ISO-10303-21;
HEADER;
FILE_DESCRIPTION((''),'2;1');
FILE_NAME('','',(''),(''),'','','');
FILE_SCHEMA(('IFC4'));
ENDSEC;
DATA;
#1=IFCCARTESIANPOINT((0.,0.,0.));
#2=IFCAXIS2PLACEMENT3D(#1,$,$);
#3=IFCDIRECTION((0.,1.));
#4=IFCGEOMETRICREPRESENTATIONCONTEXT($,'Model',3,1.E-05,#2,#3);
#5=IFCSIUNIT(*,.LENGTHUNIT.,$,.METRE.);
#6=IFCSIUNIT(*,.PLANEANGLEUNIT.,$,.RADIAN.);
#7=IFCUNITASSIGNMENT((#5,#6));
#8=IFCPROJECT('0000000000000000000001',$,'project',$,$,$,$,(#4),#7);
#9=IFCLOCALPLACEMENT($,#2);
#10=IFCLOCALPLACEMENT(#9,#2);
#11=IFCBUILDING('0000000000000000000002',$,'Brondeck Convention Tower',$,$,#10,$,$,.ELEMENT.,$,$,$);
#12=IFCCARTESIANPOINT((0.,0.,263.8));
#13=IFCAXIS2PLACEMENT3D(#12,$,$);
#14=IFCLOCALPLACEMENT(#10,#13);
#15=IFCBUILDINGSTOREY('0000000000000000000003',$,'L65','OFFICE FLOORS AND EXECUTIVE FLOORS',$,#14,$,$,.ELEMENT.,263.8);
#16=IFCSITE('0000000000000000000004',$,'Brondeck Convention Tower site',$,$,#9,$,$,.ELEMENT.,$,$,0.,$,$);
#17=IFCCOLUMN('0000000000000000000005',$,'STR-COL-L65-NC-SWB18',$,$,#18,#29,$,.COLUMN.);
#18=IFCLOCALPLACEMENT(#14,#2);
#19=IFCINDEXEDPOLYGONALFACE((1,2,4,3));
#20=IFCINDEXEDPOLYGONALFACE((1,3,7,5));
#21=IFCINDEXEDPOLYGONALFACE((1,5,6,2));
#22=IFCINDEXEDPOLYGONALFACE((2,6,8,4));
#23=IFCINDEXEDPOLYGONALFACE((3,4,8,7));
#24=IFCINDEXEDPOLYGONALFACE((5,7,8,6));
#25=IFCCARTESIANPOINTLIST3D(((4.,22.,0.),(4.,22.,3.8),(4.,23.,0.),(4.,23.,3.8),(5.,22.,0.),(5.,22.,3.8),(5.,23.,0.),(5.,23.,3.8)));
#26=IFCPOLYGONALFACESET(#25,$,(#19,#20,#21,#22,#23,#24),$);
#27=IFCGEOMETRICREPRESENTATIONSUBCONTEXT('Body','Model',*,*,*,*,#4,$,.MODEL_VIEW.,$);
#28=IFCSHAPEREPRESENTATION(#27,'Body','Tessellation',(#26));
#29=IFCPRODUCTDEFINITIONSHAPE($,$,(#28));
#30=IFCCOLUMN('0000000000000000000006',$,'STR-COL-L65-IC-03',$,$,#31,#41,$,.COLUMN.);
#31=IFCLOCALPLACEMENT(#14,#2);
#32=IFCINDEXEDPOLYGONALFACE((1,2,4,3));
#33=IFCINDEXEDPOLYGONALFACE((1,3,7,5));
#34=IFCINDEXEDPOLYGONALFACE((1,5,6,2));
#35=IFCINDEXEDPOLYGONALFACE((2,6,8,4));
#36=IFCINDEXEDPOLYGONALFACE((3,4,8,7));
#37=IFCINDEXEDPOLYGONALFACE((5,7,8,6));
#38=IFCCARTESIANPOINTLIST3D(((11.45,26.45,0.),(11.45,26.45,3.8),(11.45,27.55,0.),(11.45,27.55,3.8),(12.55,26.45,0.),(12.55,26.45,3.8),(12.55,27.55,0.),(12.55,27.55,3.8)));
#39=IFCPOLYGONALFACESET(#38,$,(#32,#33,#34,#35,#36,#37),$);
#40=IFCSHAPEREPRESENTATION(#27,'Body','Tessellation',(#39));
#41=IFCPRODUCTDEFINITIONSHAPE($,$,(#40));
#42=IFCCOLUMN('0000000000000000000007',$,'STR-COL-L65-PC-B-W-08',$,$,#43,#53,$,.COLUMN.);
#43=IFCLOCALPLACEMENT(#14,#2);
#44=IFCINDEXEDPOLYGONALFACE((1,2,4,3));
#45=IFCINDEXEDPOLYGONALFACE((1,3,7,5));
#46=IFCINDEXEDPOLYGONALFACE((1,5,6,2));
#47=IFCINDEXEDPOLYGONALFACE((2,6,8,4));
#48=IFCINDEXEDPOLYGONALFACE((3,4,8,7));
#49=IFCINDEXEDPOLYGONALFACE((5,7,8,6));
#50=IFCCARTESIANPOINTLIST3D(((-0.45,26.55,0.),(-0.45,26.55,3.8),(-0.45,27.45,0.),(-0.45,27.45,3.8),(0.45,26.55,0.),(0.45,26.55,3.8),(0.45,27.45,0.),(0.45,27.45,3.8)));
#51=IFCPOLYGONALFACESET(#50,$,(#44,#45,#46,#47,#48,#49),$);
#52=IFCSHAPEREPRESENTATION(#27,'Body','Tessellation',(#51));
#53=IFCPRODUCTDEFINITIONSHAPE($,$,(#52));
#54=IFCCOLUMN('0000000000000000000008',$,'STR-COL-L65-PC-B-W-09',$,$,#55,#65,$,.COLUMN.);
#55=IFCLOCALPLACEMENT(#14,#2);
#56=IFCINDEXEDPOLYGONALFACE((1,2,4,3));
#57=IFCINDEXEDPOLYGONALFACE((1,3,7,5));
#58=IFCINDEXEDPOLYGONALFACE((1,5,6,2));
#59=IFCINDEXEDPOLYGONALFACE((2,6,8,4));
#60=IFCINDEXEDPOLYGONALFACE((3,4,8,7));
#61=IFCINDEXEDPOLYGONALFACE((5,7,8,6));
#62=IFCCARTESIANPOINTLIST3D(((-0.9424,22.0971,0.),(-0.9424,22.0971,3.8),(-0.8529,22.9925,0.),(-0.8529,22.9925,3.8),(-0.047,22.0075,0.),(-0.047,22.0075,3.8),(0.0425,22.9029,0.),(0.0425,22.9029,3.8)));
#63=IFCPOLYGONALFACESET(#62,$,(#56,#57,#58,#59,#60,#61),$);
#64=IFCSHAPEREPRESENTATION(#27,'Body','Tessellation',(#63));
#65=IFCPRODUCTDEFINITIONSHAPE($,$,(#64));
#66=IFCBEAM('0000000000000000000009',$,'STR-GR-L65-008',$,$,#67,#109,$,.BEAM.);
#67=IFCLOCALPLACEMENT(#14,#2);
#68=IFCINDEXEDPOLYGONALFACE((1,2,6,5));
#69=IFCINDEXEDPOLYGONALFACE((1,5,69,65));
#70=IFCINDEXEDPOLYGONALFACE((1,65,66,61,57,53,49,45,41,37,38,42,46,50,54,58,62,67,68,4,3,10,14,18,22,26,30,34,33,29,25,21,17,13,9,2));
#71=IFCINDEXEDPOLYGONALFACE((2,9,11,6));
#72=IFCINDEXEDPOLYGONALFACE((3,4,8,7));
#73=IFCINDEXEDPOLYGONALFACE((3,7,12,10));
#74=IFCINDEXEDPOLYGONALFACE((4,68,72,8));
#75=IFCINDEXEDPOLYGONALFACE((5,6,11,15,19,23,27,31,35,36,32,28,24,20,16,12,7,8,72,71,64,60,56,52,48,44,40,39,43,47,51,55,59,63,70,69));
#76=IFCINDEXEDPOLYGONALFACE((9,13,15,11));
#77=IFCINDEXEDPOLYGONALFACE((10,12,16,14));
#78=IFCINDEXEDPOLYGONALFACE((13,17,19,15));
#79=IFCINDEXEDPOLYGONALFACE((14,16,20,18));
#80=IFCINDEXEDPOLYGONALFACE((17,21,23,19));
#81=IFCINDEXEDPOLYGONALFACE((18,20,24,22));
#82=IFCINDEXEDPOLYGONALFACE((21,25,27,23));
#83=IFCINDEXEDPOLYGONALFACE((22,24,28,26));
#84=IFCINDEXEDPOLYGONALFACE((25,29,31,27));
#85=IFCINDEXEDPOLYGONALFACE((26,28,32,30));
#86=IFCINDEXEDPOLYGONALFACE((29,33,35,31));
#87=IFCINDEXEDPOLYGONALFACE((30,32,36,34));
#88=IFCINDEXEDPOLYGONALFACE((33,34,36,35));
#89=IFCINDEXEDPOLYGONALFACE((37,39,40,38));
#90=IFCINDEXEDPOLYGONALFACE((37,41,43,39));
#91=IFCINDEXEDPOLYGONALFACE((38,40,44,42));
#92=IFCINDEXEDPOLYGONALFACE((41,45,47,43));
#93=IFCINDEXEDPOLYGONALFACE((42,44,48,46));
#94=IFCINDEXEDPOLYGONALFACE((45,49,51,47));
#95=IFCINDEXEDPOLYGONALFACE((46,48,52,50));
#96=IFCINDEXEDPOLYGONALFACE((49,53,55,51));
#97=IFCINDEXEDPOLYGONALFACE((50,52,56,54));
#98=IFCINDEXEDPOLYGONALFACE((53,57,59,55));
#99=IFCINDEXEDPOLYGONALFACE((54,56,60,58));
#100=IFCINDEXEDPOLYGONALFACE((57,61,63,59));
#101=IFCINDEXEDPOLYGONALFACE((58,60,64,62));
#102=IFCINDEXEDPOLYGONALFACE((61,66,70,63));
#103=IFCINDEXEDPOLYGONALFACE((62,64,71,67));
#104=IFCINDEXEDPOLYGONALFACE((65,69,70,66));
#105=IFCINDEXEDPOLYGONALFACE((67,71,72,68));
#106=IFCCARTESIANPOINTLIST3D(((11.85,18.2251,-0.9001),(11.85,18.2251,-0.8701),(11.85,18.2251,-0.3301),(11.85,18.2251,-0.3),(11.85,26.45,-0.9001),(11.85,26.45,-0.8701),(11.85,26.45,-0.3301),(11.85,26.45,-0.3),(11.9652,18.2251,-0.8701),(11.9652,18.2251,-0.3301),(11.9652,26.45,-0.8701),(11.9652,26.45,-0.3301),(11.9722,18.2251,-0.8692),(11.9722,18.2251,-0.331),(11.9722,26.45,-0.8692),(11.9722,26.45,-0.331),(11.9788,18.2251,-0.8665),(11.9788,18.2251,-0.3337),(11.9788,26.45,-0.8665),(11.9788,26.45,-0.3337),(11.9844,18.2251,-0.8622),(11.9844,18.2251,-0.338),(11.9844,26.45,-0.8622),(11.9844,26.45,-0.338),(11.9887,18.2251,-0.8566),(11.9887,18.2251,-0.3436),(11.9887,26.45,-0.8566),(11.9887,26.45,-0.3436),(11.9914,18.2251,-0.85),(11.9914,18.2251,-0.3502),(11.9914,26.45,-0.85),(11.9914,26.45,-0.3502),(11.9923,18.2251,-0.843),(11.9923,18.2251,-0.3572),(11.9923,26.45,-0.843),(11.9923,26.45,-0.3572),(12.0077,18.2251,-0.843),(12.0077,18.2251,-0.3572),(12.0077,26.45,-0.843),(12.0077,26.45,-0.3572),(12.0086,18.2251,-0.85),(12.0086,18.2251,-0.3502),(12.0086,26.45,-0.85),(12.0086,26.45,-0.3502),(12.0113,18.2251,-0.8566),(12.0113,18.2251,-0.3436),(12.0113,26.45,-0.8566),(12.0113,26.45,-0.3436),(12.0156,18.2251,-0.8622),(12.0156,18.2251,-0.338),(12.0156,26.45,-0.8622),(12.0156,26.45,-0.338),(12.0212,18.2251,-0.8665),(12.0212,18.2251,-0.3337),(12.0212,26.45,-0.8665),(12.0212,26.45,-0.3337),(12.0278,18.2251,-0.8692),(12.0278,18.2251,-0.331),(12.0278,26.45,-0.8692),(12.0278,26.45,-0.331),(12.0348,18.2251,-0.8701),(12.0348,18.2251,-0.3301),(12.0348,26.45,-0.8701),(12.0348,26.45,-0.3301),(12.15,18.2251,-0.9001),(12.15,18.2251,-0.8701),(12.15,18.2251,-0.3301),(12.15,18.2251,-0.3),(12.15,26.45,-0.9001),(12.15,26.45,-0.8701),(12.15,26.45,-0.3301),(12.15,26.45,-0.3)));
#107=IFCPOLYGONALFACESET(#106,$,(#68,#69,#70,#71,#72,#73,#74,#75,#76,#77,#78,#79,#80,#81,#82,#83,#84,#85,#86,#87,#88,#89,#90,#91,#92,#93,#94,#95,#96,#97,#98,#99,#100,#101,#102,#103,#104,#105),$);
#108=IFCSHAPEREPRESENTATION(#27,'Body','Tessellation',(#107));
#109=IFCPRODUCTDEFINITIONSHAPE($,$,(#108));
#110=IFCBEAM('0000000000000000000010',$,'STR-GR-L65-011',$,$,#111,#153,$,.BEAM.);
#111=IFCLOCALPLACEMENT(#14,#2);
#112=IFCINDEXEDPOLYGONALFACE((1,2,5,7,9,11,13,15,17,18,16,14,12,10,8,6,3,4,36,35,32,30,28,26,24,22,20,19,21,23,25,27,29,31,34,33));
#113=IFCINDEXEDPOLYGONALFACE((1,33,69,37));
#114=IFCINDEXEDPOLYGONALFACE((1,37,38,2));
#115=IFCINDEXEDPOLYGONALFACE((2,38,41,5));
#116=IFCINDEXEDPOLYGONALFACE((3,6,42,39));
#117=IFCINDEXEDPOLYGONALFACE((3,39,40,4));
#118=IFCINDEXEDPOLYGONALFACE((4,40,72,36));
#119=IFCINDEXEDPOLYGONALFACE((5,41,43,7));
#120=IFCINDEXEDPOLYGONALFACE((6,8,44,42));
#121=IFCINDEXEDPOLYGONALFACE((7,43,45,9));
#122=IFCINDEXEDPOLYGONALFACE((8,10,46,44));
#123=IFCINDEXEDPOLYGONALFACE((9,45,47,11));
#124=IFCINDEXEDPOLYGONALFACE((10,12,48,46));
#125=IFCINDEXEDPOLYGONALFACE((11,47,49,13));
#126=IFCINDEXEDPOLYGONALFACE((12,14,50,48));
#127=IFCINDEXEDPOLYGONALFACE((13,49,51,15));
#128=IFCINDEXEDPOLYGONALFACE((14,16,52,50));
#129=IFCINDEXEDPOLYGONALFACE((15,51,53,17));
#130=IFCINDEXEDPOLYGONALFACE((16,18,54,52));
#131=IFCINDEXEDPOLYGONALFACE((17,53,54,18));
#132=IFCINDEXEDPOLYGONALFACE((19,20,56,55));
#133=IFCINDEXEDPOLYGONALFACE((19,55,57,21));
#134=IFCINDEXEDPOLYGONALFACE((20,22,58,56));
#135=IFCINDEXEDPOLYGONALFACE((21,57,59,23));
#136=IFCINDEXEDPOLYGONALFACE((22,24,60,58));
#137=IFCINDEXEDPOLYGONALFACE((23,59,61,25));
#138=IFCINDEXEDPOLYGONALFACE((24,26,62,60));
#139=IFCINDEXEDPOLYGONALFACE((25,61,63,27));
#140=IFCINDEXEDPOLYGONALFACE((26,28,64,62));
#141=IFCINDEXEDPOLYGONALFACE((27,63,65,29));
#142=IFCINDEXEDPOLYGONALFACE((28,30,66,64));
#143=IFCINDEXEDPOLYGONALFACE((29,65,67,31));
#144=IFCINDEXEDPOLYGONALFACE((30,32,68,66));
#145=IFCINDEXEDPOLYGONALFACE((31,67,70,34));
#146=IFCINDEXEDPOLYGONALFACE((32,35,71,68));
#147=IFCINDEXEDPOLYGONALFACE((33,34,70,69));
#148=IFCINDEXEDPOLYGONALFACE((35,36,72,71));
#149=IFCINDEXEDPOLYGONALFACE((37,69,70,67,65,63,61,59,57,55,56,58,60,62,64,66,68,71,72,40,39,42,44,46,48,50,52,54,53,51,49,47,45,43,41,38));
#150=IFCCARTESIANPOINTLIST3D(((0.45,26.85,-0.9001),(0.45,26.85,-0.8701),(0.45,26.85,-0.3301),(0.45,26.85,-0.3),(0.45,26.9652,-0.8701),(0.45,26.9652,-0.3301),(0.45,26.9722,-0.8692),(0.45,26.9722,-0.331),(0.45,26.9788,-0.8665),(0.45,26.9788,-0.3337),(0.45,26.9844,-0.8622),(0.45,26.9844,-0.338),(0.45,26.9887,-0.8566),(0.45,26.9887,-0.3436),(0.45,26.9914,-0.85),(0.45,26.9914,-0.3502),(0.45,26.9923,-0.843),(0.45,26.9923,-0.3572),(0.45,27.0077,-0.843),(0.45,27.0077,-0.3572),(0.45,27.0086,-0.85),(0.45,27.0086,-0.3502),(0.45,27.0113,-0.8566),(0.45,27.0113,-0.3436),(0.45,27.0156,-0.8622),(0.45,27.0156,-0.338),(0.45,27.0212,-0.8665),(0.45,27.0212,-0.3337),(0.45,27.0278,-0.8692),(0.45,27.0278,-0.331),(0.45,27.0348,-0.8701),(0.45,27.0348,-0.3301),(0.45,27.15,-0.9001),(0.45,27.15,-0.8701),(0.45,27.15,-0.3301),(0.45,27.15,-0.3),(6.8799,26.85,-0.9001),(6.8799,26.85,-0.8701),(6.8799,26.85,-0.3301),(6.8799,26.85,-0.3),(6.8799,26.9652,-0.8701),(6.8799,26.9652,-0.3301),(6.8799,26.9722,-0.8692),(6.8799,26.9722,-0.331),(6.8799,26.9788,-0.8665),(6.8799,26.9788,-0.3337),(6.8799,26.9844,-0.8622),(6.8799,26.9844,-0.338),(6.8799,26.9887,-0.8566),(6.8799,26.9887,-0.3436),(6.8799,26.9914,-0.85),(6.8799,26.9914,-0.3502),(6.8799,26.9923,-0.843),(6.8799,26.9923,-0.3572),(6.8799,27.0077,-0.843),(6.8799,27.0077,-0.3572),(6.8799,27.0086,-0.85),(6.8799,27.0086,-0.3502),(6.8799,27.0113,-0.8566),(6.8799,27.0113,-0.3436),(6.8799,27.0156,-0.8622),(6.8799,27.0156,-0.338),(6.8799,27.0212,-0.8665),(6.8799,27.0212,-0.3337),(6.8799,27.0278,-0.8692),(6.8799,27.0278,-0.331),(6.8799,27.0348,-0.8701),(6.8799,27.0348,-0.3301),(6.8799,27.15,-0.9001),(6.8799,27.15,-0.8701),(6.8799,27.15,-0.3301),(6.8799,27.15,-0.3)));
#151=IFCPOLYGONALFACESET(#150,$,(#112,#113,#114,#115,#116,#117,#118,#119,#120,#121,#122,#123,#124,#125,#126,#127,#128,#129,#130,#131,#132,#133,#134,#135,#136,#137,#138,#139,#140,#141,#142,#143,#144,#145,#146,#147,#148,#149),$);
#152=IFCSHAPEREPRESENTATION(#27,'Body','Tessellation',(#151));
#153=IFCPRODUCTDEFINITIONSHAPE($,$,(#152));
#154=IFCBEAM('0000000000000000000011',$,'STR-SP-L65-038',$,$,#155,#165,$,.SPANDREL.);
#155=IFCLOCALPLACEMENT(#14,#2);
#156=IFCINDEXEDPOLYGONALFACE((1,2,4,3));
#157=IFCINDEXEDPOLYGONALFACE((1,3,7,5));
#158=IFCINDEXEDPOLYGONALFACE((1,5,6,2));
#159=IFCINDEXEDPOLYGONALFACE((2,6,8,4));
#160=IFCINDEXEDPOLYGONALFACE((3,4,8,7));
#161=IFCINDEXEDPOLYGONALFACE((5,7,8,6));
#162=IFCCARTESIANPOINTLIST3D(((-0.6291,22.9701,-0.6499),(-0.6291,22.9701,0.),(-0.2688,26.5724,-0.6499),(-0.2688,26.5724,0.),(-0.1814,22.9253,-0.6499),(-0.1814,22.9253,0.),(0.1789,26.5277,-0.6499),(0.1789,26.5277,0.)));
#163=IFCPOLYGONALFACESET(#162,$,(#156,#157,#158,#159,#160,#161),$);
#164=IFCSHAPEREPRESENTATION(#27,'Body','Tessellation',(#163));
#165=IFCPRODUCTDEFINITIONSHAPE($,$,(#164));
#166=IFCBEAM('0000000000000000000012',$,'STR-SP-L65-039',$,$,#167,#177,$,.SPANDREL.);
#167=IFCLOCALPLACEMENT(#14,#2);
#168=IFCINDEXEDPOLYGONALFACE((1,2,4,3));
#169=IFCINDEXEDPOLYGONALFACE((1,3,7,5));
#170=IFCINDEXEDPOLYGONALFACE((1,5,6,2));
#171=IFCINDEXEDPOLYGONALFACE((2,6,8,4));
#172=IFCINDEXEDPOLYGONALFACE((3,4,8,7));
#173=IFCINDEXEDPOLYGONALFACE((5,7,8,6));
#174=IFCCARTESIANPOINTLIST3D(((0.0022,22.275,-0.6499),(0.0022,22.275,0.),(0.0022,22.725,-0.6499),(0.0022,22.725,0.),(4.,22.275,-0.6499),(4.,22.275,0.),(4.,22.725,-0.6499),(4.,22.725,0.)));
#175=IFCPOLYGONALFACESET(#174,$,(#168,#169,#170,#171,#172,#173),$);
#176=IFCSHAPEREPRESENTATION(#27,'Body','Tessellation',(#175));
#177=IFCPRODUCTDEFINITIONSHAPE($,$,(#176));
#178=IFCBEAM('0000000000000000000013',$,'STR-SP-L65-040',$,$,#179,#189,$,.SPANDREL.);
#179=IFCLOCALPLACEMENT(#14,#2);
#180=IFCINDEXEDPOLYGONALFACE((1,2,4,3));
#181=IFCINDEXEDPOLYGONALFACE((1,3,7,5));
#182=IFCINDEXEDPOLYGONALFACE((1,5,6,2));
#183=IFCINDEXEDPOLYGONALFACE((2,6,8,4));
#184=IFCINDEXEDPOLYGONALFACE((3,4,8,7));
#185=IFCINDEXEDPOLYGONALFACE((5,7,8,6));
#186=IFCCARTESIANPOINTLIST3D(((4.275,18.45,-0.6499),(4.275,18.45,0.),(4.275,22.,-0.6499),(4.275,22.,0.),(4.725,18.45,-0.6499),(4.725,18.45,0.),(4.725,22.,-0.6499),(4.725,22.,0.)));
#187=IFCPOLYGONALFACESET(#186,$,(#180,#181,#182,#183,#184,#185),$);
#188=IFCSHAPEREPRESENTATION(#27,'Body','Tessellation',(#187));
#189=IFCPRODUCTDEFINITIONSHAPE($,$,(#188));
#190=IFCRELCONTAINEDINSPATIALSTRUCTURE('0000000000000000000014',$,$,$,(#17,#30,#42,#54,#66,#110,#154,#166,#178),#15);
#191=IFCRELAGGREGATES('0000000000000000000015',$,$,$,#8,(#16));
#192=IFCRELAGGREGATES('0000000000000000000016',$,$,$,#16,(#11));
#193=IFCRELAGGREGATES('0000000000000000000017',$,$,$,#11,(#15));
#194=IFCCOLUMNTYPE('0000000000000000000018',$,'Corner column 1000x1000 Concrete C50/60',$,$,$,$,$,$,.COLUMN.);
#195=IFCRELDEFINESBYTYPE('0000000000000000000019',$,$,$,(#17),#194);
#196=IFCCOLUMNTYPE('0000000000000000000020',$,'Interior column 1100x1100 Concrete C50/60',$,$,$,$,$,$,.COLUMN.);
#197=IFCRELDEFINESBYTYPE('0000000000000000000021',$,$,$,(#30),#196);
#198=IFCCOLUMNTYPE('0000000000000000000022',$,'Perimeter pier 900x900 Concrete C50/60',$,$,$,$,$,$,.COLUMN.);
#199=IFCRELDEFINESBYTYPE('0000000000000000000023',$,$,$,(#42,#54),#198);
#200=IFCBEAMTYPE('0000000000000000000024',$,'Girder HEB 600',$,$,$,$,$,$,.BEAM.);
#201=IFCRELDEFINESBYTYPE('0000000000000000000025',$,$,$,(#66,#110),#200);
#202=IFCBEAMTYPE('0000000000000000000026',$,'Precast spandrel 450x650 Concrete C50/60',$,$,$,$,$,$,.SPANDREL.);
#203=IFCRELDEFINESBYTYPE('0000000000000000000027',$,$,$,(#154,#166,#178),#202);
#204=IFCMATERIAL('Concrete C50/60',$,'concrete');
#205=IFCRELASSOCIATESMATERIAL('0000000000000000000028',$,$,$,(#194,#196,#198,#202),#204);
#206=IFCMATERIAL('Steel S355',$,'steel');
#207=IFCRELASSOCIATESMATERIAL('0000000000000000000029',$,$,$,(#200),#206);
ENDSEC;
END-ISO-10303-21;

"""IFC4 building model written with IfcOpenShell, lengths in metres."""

from ifc_helpers import new_model, si_unit, direction, frame, origin, origin_2d, place, context, subcontext, project, spatial, rectangle, i_section, extrude, material, material_profile, profile_set, type_object, element, save


model = new_model("IFC4")

# Units and contexts
model_context = context("Model", 3, precision=1e-05, world=origin(), true_north=direction((0.0, 1.0)))
body_context = subcontext(model_context, "Body", "Model", "MODEL_VIEW")
ifc_project = project(units=[si_unit("LENGTHUNIT", "METRE"), si_unit("PLANEANGLEUNIT", "RADIAN")], contexts=[model_context])

# Site, building, storey
site_placement = place(None, origin())
site = spatial("IfcSite", under=ifc_project, at=site_placement, Name="Brondeck Convention Tower site", CompositionType="ELEMENT", RefElevation=0.0)
building_placement = place(site_placement, origin())
building = spatial("IfcBuilding", under=site, at=building_placement, Name="Brondeck Convention Tower", CompositionType="ELEMENT")
storey_placement = place(building_placement, frame((0.0, 0.0, 263.8)))
storey = spatial("IfcBuildingStorey", under=building, at=storey_placement, Name="L65", Description="OFFICE FLOORS AND EXECUTIVE FLOORS", CompositionType="ELEMENT", Elevation=263.8)

# Columns
ifc_material_1 = material(Name="Concrete C50/60", Category="concrete")
ifc_material_profile_1 = material_profile(ifc_material_1, rectangle(XDim=1.0, YDim=1.0, at=origin_2d()), Name="Corner column 1000x1000 Concrete C50/60")
ifc_profile_set_1 = profile_set([ifc_material_profile_1], Name="Concrete C50/60")
column_type_1 = type_object("IfcColumnType", Name="Corner column 1000x1000 Concrete C50/60", PredefinedType="COLUMN", material=ifc_profile_set_1)
column_1_placement = place(storey_placement, frame((4.5, 22.5, 0.0), z_axis=(0.0, 0.0, 1.0), x_axis=(1.0, 0.0, 0.0)))
element("IfcColumn", 1, at=column_1_placement, inside=storey, type_object=column_type_1, Name="STR-COL-L65-NC-SWB18", PredefinedType="COLUMN", context=body_context, shape_type="SweptSolid", body=[
    extrude(rectangle(XDim=1.0, YDim=1.0, at=origin_2d()), origin(), (0.0, 0.0, 1.0), 3.8),
])
ifc_material_profile_2 = material_profile(ifc_material_1, rectangle(XDim=1.1001, YDim=1.1001, at=origin_2d()), Name="Interior column 1100x1100 Concrete C50/60")
ifc_profile_set_2 = profile_set([ifc_material_profile_2], Name="Concrete C50/60")
column_type_2 = type_object("IfcColumnType", Name="Interior column 1100x1100 Concrete C50/60", PredefinedType="COLUMN", material=ifc_profile_set_2)
column_2_placement = place(storey_placement, frame((12.0, 27.0, 0.0), z_axis=(0.0, 0.0, 1.0), x_axis=(1.0, 0.0, 0.0)))
element("IfcColumn", 2, at=column_2_placement, inside=storey, type_object=column_type_2, Name="STR-COL-L65-IC-03", PredefinedType="COLUMN", context=body_context, shape_type="SweptSolid", body=[
    extrude(rectangle(XDim=1.1001, YDim=1.1001, at=origin_2d()), origin(), (0.0, 0.0, 1.0), 3.8),
])
ifc_material_profile_3 = material_profile(ifc_material_1, rectangle(XDim=0.8999, YDim=0.8999, at=origin_2d()), Name="Perimeter pier 900x900 Concrete C50/60")
ifc_profile_set_3 = profile_set([ifc_material_profile_3], Name="Concrete C50/60")
column_type_3 = type_object("IfcColumnType", Name="Perimeter pier 900x900 Concrete C50/60", PredefinedType="COLUMN", material=ifc_profile_set_3)
for number, where, z_axis, x_axis, name in (
    (3, (0.0, 27.0, 0.0), (0.0, 0.0, 1.0), (0.0, -1.0, 0.0), "STR-COL-L65-PC-B-W-08"),
    (4, (-0.45, 22.5, 0.0), (0.0, 0.0, 1.0), (-0.099504, -0.995037, 0.0), "STR-COL-L65-PC-B-W-09"),
):
    element("IfcColumn", number, at=place(storey_placement, frame(where, z_axis=z_axis, x_axis=x_axis)), inside=storey, type_object=column_type_3, Name=name, PredefinedType="COLUMN", context=body_context, shape_type="SweptSolid", body=[
        extrude(rectangle(XDim=0.8999, YDim=0.8999, at=origin_2d()), origin(), (0.0, 0.0, 1.0), 3.8),
    ])

# Beams
ifc_material_2 = material(Name="Steel S355", Category="steel")
ifc_material_profile_4 = material_profile(ifc_material_2, i_section(OverallWidth=0.3, OverallDepth=0.6001, WebThickness=0.0154, FlangeThickness=0.03, FilletRadius=0.0271, at=origin_2d()), Name="HEB 600")
ifc_profile_set_4 = profile_set([ifc_material_profile_4], Name="Steel S355")
beam_type_1 = type_object("IfcBeamType", Name="Girder HEB 600", PredefinedType="BEAM", material=ifc_profile_set_4)
beam_1_placement = place(storey_placement, frame((12.0, 26.45, -0.6001), z_axis=(0.0, -1.0, 0.0), x_axis=(1.0, 0.0, 0.0)))
element("IfcBeam", 5, at=beam_1_placement, inside=storey, type_object=beam_type_1, Name="STR-GR-L65-008", PredefinedType="BEAM", context=body_context, shape_type="SweptSolid", body=[
    extrude(i_section(OverallWidth=0.3, OverallDepth=0.6001, WebThickness=0.0154, FlangeThickness=0.03, FilletRadius=0.0271, at=origin_2d()), origin(), (0.0, 0.0, 1.0), 8.2249),
])
beam_2_placement = place(storey_placement, frame((0.45, 27.0, -0.6001), z_axis=(1.0, 0.0, 0.0), x_axis=(0.0, 1.0, 0.0)))
element("IfcBeam", 6, at=beam_2_placement, inside=storey, type_object=beam_type_1, Name="STR-GR-L65-011", PredefinedType="BEAM", context=body_context, shape_type="SweptSolid", body=[
    extrude(i_section(OverallWidth=0.3, OverallDepth=0.6001, WebThickness=0.0154, FlangeThickness=0.03, FilletRadius=0.0271, at=origin_2d()), origin(), (0.0, 0.0, 1.0), 6.4299),
])
ifc_material_profile_5 = material_profile(ifc_material_1, rectangle(XDim=0.45, YDim=0.6499, at=origin_2d()), Name="Precast spandrel 450x650 Concrete C50/60")
ifc_profile_set_5 = profile_set([ifc_material_profile_5], Name="Concrete C50/60")
beam_type_2 = type_object("IfcBeamType", Name="Precast spandrel 450x650 Concrete C50/60", PredefinedType="SPANDREL", material=ifc_profile_set_5)
beam_3_placement = place(storey_placement, frame((-0.0449, 26.55, -0.325), z_axis=(-0.099537, -0.995034, 0.0), x_axis=(0.995034, -0.099537, 0.0)))
element("IfcBeam", 7, at=beam_3_placement, inside=storey, type_object=beam_type_2, Name="STR-SP-L65-038", PredefinedType="SPANDREL", context=body_context, shape_type="SweptSolid", body=[
    extrude(rectangle(XDim=0.45, YDim=0.6499, at=origin_2d()), origin(), (0.0, 0.0, 1.0), 3.6204),
])
beam_4_placement = place(storey_placement, frame((0.0022, 22.5, -0.325), z_axis=(1.0, 0.0, 0.0), x_axis=(0.0, 1.0, 0.0)))
element("IfcBeam", 8, at=beam_4_placement, inside=storey, type_object=beam_type_2, Name="STR-SP-L65-039", PredefinedType="SPANDREL", context=body_context, shape_type="SweptSolid", body=[
    extrude(rectangle(XDim=0.45, YDim=0.6499, at=origin_2d()), origin(), (0.0, 0.0, 1.0), 3.9978),
])
beam_5_placement = place(storey_placement, frame((4.5, 22.0, -0.325), z_axis=(0.0, -1.0, 0.0), x_axis=(1.0, 0.0, 0.0)))
element("IfcBeam", 9, at=beam_5_placement, inside=storey, type_object=beam_type_2, Name="STR-SP-L65-040", PredefinedType="SPANDREL", context=body_context, shape_type="SweptSolid", body=[
    extrude(rectangle(XDim=0.45, YDim=0.6499, at=origin_2d()), origin(), (0.0, 0.0, 1.0), 3.55),
])

save(model, "model.ifc")
